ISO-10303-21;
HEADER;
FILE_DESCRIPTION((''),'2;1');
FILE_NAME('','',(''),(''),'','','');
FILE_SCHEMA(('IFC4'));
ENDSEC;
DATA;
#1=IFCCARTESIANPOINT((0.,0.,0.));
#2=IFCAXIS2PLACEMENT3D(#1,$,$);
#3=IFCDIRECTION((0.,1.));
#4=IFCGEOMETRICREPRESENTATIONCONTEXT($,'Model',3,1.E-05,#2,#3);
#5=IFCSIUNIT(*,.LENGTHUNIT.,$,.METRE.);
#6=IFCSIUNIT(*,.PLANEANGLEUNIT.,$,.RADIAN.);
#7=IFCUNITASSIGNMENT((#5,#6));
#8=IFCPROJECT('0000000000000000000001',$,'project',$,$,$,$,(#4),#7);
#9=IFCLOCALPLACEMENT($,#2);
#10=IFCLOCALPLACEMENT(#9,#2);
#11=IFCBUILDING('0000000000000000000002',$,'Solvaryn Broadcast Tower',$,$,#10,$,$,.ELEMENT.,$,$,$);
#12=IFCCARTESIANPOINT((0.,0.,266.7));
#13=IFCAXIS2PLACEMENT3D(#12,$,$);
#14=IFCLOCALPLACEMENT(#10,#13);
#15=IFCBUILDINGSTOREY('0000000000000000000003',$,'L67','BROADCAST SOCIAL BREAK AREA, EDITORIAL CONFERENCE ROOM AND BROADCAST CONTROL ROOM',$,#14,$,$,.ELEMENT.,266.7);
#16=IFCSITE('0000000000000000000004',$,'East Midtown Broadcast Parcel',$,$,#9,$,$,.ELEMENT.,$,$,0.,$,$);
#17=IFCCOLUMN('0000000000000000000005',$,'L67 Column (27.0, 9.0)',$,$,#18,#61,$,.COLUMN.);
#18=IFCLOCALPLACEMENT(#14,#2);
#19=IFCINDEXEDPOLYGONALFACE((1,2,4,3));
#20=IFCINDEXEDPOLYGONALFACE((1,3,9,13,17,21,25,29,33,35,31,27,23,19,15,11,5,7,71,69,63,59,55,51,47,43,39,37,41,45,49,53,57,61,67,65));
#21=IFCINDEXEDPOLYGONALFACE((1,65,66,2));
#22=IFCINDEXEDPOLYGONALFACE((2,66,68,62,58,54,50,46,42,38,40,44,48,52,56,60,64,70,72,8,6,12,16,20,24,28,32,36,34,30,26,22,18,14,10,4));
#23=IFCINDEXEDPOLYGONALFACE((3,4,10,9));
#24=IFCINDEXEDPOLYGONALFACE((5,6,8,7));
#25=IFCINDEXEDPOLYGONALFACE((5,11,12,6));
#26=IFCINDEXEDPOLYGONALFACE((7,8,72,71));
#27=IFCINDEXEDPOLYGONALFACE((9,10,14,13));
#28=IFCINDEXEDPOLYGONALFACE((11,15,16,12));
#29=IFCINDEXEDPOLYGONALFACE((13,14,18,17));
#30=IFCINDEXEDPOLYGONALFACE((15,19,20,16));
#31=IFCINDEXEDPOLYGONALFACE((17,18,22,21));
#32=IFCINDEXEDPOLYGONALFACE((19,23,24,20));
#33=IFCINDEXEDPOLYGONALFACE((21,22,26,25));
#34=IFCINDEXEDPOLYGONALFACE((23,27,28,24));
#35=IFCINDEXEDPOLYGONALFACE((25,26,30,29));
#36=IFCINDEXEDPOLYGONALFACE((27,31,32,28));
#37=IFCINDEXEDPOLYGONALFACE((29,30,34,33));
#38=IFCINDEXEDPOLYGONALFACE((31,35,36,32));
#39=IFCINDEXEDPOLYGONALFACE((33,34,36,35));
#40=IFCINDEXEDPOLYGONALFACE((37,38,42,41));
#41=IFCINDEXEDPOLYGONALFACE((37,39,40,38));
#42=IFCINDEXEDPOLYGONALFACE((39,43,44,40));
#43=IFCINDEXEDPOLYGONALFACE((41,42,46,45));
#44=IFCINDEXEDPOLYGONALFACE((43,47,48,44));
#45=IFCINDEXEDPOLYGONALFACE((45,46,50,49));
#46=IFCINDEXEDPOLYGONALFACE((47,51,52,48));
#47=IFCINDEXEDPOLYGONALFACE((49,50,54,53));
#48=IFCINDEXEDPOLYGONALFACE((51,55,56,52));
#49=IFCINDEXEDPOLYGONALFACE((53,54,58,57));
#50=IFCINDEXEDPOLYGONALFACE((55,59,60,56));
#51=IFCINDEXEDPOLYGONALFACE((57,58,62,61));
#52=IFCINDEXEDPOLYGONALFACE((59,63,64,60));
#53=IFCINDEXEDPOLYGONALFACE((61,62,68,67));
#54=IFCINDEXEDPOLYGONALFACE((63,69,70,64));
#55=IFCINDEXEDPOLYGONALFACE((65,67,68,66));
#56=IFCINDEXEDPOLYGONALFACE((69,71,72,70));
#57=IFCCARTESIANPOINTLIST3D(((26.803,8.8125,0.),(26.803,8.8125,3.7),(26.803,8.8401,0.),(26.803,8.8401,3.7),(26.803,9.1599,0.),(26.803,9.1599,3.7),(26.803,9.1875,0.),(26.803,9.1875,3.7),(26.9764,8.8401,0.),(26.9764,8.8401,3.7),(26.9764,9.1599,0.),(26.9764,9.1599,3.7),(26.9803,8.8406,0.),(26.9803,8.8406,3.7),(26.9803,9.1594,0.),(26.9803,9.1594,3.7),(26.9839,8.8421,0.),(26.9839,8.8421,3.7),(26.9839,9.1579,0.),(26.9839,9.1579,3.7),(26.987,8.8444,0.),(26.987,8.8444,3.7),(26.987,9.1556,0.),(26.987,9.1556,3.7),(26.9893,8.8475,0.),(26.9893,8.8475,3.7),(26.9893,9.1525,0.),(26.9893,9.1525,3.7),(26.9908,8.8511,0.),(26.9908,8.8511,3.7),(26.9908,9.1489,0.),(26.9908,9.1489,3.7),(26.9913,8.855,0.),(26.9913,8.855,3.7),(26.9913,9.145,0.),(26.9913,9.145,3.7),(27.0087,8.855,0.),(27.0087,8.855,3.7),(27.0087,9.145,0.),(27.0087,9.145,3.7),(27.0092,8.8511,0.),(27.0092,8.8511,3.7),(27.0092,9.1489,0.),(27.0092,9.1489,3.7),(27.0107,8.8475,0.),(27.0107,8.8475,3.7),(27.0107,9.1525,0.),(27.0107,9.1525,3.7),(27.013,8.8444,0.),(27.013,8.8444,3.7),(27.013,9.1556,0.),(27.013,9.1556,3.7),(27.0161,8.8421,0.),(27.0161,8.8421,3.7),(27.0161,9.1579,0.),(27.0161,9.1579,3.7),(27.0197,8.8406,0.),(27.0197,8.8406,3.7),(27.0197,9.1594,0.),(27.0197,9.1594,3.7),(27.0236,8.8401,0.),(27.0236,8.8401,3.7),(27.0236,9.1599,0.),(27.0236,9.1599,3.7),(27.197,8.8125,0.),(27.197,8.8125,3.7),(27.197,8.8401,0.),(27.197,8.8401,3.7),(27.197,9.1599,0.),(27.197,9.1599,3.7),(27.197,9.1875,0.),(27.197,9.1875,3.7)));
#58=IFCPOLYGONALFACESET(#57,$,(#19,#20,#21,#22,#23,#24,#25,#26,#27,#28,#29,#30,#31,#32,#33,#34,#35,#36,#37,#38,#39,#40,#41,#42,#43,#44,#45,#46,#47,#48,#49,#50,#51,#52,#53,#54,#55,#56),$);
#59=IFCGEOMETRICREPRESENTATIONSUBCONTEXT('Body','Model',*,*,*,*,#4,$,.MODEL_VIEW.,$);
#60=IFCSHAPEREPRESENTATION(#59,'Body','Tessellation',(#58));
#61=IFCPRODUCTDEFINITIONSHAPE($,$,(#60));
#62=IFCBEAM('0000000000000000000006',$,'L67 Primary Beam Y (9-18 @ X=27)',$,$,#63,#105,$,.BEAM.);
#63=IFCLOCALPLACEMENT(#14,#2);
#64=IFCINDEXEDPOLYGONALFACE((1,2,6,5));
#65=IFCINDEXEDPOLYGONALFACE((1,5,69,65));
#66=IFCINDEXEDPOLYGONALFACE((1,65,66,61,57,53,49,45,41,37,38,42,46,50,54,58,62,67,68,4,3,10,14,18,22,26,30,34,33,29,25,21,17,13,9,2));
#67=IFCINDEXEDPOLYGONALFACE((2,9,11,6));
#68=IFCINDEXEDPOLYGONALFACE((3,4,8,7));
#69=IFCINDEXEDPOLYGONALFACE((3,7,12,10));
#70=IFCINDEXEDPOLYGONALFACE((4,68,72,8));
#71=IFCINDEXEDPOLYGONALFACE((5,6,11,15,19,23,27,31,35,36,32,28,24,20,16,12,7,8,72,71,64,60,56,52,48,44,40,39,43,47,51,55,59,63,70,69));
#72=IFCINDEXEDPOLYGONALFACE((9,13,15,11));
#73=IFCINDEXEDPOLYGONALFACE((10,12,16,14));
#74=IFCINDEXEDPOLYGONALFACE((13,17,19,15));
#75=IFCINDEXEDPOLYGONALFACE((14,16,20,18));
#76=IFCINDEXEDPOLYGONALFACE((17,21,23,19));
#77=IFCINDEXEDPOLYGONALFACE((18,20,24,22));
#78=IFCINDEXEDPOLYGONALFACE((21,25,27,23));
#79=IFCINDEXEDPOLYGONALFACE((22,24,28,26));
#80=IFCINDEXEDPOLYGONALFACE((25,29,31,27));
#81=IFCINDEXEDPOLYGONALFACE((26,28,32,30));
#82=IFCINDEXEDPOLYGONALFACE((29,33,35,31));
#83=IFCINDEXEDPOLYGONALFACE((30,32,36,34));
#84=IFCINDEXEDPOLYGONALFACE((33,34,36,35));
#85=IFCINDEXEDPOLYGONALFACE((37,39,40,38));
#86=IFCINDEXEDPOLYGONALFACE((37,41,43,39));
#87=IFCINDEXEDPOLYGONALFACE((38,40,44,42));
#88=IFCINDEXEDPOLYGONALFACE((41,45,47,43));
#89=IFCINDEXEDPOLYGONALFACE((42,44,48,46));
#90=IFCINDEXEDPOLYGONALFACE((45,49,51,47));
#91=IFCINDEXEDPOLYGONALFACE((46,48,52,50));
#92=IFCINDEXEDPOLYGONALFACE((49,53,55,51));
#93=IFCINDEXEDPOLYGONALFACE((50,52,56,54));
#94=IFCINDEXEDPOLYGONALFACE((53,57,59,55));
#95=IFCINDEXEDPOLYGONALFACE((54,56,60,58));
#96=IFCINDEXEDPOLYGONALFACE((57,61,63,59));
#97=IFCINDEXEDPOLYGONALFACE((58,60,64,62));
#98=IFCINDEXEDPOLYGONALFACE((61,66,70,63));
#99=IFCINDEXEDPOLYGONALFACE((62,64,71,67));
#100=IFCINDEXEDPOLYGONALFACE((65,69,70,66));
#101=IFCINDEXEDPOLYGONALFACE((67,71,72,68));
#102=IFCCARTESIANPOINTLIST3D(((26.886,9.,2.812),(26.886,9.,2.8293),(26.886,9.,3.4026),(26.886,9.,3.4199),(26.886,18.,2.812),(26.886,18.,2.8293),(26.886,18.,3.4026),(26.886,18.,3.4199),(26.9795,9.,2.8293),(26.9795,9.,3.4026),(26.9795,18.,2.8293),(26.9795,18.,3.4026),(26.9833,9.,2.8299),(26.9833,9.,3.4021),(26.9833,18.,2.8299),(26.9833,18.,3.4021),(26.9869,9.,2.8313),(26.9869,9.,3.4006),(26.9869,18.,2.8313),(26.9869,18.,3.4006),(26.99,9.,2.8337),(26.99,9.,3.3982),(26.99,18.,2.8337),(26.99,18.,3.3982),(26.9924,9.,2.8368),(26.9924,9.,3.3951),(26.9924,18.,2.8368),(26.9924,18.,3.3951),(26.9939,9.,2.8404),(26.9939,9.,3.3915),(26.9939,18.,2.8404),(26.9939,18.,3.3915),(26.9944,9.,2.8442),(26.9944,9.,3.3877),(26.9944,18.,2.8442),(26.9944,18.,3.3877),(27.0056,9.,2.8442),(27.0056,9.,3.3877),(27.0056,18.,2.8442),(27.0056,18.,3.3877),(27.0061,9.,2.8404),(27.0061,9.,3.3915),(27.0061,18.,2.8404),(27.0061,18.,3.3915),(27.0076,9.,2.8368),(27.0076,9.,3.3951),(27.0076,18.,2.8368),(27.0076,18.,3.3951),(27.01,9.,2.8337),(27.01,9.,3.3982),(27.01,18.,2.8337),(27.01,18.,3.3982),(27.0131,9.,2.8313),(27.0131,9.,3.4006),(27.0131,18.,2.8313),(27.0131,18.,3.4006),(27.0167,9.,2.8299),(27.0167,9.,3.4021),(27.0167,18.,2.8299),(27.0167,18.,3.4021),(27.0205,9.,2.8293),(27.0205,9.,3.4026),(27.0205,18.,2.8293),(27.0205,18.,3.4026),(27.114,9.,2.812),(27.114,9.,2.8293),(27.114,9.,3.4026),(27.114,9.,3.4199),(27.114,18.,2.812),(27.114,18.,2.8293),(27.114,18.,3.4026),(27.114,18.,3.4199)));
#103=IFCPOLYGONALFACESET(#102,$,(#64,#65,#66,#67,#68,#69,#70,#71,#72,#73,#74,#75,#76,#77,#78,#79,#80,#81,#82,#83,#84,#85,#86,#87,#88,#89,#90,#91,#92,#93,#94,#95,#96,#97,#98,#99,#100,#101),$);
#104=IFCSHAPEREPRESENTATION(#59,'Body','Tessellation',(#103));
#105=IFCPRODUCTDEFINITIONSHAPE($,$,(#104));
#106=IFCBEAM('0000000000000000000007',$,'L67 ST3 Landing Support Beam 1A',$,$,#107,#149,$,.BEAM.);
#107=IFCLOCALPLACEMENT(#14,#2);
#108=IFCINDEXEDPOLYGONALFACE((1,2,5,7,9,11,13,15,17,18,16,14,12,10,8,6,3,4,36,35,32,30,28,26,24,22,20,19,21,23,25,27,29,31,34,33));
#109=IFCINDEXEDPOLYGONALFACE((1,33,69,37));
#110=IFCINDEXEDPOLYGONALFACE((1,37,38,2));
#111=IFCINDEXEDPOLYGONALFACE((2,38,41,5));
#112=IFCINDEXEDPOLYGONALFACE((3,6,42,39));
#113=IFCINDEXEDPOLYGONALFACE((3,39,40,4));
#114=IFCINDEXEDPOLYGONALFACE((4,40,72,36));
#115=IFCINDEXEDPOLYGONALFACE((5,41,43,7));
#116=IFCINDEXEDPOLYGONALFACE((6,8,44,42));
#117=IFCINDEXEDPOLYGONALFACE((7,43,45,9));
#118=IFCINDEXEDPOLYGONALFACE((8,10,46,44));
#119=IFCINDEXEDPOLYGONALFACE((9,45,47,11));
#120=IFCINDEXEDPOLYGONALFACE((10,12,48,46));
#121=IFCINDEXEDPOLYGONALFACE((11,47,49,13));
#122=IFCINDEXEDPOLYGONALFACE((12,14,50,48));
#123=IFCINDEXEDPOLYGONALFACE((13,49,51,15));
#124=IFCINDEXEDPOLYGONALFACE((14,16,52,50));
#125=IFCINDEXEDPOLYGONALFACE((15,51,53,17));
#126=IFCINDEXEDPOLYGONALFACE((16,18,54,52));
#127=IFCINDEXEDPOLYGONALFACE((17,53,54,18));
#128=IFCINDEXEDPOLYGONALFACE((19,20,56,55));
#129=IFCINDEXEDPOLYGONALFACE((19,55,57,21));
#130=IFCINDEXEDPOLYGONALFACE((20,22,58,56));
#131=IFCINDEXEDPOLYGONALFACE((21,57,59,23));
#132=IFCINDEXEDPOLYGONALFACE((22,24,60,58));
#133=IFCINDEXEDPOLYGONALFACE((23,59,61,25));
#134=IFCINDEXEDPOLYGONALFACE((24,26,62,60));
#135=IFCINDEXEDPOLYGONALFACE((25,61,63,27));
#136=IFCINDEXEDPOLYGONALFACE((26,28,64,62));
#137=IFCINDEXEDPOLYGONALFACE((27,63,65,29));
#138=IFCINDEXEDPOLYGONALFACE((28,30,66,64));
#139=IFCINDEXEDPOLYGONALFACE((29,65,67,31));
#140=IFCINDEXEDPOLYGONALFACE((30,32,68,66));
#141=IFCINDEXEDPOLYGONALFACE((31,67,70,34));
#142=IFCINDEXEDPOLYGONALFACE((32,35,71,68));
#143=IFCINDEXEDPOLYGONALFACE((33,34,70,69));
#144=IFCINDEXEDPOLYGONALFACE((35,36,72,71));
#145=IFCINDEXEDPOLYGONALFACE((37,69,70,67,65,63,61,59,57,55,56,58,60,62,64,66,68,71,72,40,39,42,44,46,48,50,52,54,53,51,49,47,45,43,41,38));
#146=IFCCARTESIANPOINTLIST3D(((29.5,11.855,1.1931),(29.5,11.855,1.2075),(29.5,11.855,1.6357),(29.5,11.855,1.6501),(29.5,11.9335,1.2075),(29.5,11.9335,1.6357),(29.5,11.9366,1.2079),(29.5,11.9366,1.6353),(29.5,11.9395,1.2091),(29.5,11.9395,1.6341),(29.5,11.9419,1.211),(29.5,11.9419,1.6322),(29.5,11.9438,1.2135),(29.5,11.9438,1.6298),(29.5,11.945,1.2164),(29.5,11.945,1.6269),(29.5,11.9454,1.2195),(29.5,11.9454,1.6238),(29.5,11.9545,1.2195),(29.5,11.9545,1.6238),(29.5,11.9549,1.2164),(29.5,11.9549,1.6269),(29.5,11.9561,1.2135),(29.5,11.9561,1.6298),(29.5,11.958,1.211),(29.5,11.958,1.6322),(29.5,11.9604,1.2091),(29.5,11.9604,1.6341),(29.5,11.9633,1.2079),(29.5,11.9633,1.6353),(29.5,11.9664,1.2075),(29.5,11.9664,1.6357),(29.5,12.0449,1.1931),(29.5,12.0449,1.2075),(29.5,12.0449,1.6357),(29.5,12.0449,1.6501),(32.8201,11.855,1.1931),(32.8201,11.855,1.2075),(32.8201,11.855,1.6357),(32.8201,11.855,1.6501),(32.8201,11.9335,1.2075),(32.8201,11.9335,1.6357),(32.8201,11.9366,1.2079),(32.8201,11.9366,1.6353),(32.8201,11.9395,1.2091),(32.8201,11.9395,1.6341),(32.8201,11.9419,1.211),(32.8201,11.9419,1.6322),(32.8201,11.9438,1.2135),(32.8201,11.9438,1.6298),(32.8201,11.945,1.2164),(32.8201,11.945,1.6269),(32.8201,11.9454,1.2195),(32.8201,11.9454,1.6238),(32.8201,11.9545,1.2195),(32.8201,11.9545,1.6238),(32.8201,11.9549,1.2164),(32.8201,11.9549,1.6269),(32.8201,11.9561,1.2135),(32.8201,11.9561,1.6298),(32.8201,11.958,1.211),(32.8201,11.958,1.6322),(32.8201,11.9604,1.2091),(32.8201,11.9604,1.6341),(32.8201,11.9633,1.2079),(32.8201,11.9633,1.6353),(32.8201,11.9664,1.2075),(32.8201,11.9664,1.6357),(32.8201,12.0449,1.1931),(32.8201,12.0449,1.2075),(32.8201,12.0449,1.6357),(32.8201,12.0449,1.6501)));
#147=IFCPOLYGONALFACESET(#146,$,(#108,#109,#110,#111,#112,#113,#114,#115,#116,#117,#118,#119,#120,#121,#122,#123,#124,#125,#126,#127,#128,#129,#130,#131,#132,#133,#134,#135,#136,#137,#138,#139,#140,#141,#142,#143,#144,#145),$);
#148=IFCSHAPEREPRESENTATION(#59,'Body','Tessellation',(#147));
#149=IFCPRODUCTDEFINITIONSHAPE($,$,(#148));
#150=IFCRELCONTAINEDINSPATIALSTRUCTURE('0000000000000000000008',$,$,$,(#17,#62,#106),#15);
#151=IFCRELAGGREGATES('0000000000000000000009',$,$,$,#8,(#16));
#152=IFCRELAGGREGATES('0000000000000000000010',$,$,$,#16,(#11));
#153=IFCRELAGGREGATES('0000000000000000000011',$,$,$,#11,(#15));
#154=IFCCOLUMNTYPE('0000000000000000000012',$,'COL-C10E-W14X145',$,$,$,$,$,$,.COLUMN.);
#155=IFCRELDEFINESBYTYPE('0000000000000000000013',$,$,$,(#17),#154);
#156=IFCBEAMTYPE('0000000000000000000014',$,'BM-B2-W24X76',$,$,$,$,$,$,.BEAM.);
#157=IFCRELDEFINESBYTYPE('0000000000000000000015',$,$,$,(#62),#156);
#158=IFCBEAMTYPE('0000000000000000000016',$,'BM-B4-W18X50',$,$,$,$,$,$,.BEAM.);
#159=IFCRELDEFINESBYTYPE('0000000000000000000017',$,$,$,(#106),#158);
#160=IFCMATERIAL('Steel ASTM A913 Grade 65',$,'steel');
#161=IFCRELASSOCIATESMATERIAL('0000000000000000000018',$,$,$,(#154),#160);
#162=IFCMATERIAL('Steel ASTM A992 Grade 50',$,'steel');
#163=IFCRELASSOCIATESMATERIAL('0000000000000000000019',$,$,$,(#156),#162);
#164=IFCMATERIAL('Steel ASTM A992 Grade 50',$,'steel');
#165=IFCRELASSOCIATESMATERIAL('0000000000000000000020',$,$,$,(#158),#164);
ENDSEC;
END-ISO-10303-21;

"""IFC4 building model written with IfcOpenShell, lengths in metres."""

from ifc_helpers import new_model, si_unit, direction, frame, origin, origin_2d, place, context, subcontext, project, spatial, i_section, extrude, material, material_profile, profile_set, type_object, element, save


model = new_model("IFC4")

# Units and contexts
model_context = context("Model", 3, precision=1e-05, world=origin(), true_north=direction((0.0, 1.0)))
body_context = subcontext(model_context, "Body", "Model", "MODEL_VIEW")
ifc_project = project(units=[si_unit("LENGTHUNIT", "METRE"), si_unit("PLANEANGLEUNIT", "RADIAN")], contexts=[model_context])

# Site, building, storey
site_placement = place(None, origin())
site = spatial("IfcSite", under=ifc_project, at=site_placement, Name="East Midtown Broadcast Parcel", CompositionType="ELEMENT", RefElevation=0.0)
building_placement = place(site_placement, origin())
building = spatial("IfcBuilding", under=site, at=building_placement, Name="Solvaryn Broadcast Tower", CompositionType="ELEMENT")
storey_placement = place(building_placement, frame((0.0, 0.0, 266.7)))
storey = spatial("IfcBuildingStorey", under=building, at=storey_placement, Name="L67", Description="BROADCAST SOCIAL BREAK AREA, EDITORIAL CONFERENCE ROOM AND BROADCAST CONTROL ROOM", CompositionType="ELEMENT", Elevation=266.7)

# Column
ifc_material_1 = material(Name="Steel ASTM A913 Grade 65", Category="steel")
ifc_material_profile_1 = material_profile(ifc_material_1, i_section(OverallWidth=0.394, OverallDepth=0.375, WebThickness=0.0173, FlangeThickness=0.0276, FilletRadius=0.0149, at=origin_2d()))
ifc_profile_set_1 = profile_set([ifc_material_profile_1], Name="Steel ASTM A913 Grade 65")
column_type = type_object("IfcColumnType", Name="COL-C10E-W14X145", PredefinedType="COLUMN", material=ifc_profile_set_1)
column_placement = place(storey_placement, frame((27.0, 9.0, 0.0), z_axis=(0.0, 0.0, 1.0), x_axis=(1.0, 0.0, 0.0)))
element("IfcColumn", 1, at=column_placement, inside=storey, type_object=column_type, Name="L67 Column (27.0, 9.0)", PredefinedType="COLUMN", context=body_context, shape_type="SweptSolid", body=[
    extrude(i_section(OverallWidth=0.394, OverallDepth=0.375, WebThickness=0.0173, FlangeThickness=0.0276, FilletRadius=0.0149, at=origin_2d()), origin(), (0.0, 0.0, 1.0), 3.7),
])

# Beams
ifc_material_2 = material(Name="Steel ASTM A992 Grade 50", Category="steel")
ifc_material_profile_2 = material_profile(ifc_material_2, i_section(OverallWidth=0.228, OverallDepth=0.6079, WebThickness=0.0112, FlangeThickness=0.0173, FilletRadius=0.0149, at=origin_2d()))
ifc_profile_set_2 = profile_set([ifc_material_profile_2], Name="Steel ASTM A992 Grade 50")
beam_type_1 = type_object("IfcBeamType", Name="BM-B2-W24X76", PredefinedType="BEAM", material=ifc_profile_set_2)
beam_1_placement = place(storey_placement, frame((27.0, 9.0, 3.116), z_axis=(0.0, 1.0, 0.0), x_axis=(-1.0, 0.0, 0.0)))
element("IfcBeam", 2, at=beam_1_placement, inside=storey, type_object=beam_type_1, Name="L67 Primary Beam Y (9-18 @ X=27)", PredefinedType="BEAM", context=body_context, shape_type="SweptSolid", body=[
    extrude(i_section(OverallWidth=0.228, OverallDepth=0.6079, WebThickness=0.0112, FlangeThickness=0.0173, FilletRadius=0.0149, at=origin_2d()), origin(), (0.0, 0.0, 1.0), 9.0),
])
ifc_material_3 = material(Name="Steel ASTM A992 Grade 50", Category="steel")
ifc_material_profile_3 = material_profile(ifc_material_3, i_section(OverallWidth=0.1899, OverallDepth=0.457, WebThickness=0.009, FlangeThickness=0.0144, FilletRadius=0.012, at=origin_2d()))
ifc_profile_set_3 = profile_set([ifc_material_profile_3], Name="Steel ASTM A992 Grade 50")
beam_type_2 = type_object("IfcBeamType", Name="BM-B4-W18X50", PredefinedType="BEAM", material=ifc_profile_set_3)
beam_2_placement = place(storey_placement, frame((29.5, 11.95, 1.4216), z_axis=(1.0, 0.0, 0.0), x_axis=(0.0, 1.0, 0.0)))
element("IfcBeam", 3, at=beam_2_placement, inside=storey, type_object=beam_type_2, Name="L67 ST3 Landing Support Beam 1A", PredefinedType="BEAM", context=body_context, shape_type="SweptSolid", body=[
    extrude(i_section(OverallWidth=0.1899, OverallDepth=0.457, WebThickness=0.009, FlangeThickness=0.0144, FilletRadius=0.012, at=origin_2d()), origin(), (0.0, 0.0, 1.0), 3.3201),
])

save(model, "model.ifc")
